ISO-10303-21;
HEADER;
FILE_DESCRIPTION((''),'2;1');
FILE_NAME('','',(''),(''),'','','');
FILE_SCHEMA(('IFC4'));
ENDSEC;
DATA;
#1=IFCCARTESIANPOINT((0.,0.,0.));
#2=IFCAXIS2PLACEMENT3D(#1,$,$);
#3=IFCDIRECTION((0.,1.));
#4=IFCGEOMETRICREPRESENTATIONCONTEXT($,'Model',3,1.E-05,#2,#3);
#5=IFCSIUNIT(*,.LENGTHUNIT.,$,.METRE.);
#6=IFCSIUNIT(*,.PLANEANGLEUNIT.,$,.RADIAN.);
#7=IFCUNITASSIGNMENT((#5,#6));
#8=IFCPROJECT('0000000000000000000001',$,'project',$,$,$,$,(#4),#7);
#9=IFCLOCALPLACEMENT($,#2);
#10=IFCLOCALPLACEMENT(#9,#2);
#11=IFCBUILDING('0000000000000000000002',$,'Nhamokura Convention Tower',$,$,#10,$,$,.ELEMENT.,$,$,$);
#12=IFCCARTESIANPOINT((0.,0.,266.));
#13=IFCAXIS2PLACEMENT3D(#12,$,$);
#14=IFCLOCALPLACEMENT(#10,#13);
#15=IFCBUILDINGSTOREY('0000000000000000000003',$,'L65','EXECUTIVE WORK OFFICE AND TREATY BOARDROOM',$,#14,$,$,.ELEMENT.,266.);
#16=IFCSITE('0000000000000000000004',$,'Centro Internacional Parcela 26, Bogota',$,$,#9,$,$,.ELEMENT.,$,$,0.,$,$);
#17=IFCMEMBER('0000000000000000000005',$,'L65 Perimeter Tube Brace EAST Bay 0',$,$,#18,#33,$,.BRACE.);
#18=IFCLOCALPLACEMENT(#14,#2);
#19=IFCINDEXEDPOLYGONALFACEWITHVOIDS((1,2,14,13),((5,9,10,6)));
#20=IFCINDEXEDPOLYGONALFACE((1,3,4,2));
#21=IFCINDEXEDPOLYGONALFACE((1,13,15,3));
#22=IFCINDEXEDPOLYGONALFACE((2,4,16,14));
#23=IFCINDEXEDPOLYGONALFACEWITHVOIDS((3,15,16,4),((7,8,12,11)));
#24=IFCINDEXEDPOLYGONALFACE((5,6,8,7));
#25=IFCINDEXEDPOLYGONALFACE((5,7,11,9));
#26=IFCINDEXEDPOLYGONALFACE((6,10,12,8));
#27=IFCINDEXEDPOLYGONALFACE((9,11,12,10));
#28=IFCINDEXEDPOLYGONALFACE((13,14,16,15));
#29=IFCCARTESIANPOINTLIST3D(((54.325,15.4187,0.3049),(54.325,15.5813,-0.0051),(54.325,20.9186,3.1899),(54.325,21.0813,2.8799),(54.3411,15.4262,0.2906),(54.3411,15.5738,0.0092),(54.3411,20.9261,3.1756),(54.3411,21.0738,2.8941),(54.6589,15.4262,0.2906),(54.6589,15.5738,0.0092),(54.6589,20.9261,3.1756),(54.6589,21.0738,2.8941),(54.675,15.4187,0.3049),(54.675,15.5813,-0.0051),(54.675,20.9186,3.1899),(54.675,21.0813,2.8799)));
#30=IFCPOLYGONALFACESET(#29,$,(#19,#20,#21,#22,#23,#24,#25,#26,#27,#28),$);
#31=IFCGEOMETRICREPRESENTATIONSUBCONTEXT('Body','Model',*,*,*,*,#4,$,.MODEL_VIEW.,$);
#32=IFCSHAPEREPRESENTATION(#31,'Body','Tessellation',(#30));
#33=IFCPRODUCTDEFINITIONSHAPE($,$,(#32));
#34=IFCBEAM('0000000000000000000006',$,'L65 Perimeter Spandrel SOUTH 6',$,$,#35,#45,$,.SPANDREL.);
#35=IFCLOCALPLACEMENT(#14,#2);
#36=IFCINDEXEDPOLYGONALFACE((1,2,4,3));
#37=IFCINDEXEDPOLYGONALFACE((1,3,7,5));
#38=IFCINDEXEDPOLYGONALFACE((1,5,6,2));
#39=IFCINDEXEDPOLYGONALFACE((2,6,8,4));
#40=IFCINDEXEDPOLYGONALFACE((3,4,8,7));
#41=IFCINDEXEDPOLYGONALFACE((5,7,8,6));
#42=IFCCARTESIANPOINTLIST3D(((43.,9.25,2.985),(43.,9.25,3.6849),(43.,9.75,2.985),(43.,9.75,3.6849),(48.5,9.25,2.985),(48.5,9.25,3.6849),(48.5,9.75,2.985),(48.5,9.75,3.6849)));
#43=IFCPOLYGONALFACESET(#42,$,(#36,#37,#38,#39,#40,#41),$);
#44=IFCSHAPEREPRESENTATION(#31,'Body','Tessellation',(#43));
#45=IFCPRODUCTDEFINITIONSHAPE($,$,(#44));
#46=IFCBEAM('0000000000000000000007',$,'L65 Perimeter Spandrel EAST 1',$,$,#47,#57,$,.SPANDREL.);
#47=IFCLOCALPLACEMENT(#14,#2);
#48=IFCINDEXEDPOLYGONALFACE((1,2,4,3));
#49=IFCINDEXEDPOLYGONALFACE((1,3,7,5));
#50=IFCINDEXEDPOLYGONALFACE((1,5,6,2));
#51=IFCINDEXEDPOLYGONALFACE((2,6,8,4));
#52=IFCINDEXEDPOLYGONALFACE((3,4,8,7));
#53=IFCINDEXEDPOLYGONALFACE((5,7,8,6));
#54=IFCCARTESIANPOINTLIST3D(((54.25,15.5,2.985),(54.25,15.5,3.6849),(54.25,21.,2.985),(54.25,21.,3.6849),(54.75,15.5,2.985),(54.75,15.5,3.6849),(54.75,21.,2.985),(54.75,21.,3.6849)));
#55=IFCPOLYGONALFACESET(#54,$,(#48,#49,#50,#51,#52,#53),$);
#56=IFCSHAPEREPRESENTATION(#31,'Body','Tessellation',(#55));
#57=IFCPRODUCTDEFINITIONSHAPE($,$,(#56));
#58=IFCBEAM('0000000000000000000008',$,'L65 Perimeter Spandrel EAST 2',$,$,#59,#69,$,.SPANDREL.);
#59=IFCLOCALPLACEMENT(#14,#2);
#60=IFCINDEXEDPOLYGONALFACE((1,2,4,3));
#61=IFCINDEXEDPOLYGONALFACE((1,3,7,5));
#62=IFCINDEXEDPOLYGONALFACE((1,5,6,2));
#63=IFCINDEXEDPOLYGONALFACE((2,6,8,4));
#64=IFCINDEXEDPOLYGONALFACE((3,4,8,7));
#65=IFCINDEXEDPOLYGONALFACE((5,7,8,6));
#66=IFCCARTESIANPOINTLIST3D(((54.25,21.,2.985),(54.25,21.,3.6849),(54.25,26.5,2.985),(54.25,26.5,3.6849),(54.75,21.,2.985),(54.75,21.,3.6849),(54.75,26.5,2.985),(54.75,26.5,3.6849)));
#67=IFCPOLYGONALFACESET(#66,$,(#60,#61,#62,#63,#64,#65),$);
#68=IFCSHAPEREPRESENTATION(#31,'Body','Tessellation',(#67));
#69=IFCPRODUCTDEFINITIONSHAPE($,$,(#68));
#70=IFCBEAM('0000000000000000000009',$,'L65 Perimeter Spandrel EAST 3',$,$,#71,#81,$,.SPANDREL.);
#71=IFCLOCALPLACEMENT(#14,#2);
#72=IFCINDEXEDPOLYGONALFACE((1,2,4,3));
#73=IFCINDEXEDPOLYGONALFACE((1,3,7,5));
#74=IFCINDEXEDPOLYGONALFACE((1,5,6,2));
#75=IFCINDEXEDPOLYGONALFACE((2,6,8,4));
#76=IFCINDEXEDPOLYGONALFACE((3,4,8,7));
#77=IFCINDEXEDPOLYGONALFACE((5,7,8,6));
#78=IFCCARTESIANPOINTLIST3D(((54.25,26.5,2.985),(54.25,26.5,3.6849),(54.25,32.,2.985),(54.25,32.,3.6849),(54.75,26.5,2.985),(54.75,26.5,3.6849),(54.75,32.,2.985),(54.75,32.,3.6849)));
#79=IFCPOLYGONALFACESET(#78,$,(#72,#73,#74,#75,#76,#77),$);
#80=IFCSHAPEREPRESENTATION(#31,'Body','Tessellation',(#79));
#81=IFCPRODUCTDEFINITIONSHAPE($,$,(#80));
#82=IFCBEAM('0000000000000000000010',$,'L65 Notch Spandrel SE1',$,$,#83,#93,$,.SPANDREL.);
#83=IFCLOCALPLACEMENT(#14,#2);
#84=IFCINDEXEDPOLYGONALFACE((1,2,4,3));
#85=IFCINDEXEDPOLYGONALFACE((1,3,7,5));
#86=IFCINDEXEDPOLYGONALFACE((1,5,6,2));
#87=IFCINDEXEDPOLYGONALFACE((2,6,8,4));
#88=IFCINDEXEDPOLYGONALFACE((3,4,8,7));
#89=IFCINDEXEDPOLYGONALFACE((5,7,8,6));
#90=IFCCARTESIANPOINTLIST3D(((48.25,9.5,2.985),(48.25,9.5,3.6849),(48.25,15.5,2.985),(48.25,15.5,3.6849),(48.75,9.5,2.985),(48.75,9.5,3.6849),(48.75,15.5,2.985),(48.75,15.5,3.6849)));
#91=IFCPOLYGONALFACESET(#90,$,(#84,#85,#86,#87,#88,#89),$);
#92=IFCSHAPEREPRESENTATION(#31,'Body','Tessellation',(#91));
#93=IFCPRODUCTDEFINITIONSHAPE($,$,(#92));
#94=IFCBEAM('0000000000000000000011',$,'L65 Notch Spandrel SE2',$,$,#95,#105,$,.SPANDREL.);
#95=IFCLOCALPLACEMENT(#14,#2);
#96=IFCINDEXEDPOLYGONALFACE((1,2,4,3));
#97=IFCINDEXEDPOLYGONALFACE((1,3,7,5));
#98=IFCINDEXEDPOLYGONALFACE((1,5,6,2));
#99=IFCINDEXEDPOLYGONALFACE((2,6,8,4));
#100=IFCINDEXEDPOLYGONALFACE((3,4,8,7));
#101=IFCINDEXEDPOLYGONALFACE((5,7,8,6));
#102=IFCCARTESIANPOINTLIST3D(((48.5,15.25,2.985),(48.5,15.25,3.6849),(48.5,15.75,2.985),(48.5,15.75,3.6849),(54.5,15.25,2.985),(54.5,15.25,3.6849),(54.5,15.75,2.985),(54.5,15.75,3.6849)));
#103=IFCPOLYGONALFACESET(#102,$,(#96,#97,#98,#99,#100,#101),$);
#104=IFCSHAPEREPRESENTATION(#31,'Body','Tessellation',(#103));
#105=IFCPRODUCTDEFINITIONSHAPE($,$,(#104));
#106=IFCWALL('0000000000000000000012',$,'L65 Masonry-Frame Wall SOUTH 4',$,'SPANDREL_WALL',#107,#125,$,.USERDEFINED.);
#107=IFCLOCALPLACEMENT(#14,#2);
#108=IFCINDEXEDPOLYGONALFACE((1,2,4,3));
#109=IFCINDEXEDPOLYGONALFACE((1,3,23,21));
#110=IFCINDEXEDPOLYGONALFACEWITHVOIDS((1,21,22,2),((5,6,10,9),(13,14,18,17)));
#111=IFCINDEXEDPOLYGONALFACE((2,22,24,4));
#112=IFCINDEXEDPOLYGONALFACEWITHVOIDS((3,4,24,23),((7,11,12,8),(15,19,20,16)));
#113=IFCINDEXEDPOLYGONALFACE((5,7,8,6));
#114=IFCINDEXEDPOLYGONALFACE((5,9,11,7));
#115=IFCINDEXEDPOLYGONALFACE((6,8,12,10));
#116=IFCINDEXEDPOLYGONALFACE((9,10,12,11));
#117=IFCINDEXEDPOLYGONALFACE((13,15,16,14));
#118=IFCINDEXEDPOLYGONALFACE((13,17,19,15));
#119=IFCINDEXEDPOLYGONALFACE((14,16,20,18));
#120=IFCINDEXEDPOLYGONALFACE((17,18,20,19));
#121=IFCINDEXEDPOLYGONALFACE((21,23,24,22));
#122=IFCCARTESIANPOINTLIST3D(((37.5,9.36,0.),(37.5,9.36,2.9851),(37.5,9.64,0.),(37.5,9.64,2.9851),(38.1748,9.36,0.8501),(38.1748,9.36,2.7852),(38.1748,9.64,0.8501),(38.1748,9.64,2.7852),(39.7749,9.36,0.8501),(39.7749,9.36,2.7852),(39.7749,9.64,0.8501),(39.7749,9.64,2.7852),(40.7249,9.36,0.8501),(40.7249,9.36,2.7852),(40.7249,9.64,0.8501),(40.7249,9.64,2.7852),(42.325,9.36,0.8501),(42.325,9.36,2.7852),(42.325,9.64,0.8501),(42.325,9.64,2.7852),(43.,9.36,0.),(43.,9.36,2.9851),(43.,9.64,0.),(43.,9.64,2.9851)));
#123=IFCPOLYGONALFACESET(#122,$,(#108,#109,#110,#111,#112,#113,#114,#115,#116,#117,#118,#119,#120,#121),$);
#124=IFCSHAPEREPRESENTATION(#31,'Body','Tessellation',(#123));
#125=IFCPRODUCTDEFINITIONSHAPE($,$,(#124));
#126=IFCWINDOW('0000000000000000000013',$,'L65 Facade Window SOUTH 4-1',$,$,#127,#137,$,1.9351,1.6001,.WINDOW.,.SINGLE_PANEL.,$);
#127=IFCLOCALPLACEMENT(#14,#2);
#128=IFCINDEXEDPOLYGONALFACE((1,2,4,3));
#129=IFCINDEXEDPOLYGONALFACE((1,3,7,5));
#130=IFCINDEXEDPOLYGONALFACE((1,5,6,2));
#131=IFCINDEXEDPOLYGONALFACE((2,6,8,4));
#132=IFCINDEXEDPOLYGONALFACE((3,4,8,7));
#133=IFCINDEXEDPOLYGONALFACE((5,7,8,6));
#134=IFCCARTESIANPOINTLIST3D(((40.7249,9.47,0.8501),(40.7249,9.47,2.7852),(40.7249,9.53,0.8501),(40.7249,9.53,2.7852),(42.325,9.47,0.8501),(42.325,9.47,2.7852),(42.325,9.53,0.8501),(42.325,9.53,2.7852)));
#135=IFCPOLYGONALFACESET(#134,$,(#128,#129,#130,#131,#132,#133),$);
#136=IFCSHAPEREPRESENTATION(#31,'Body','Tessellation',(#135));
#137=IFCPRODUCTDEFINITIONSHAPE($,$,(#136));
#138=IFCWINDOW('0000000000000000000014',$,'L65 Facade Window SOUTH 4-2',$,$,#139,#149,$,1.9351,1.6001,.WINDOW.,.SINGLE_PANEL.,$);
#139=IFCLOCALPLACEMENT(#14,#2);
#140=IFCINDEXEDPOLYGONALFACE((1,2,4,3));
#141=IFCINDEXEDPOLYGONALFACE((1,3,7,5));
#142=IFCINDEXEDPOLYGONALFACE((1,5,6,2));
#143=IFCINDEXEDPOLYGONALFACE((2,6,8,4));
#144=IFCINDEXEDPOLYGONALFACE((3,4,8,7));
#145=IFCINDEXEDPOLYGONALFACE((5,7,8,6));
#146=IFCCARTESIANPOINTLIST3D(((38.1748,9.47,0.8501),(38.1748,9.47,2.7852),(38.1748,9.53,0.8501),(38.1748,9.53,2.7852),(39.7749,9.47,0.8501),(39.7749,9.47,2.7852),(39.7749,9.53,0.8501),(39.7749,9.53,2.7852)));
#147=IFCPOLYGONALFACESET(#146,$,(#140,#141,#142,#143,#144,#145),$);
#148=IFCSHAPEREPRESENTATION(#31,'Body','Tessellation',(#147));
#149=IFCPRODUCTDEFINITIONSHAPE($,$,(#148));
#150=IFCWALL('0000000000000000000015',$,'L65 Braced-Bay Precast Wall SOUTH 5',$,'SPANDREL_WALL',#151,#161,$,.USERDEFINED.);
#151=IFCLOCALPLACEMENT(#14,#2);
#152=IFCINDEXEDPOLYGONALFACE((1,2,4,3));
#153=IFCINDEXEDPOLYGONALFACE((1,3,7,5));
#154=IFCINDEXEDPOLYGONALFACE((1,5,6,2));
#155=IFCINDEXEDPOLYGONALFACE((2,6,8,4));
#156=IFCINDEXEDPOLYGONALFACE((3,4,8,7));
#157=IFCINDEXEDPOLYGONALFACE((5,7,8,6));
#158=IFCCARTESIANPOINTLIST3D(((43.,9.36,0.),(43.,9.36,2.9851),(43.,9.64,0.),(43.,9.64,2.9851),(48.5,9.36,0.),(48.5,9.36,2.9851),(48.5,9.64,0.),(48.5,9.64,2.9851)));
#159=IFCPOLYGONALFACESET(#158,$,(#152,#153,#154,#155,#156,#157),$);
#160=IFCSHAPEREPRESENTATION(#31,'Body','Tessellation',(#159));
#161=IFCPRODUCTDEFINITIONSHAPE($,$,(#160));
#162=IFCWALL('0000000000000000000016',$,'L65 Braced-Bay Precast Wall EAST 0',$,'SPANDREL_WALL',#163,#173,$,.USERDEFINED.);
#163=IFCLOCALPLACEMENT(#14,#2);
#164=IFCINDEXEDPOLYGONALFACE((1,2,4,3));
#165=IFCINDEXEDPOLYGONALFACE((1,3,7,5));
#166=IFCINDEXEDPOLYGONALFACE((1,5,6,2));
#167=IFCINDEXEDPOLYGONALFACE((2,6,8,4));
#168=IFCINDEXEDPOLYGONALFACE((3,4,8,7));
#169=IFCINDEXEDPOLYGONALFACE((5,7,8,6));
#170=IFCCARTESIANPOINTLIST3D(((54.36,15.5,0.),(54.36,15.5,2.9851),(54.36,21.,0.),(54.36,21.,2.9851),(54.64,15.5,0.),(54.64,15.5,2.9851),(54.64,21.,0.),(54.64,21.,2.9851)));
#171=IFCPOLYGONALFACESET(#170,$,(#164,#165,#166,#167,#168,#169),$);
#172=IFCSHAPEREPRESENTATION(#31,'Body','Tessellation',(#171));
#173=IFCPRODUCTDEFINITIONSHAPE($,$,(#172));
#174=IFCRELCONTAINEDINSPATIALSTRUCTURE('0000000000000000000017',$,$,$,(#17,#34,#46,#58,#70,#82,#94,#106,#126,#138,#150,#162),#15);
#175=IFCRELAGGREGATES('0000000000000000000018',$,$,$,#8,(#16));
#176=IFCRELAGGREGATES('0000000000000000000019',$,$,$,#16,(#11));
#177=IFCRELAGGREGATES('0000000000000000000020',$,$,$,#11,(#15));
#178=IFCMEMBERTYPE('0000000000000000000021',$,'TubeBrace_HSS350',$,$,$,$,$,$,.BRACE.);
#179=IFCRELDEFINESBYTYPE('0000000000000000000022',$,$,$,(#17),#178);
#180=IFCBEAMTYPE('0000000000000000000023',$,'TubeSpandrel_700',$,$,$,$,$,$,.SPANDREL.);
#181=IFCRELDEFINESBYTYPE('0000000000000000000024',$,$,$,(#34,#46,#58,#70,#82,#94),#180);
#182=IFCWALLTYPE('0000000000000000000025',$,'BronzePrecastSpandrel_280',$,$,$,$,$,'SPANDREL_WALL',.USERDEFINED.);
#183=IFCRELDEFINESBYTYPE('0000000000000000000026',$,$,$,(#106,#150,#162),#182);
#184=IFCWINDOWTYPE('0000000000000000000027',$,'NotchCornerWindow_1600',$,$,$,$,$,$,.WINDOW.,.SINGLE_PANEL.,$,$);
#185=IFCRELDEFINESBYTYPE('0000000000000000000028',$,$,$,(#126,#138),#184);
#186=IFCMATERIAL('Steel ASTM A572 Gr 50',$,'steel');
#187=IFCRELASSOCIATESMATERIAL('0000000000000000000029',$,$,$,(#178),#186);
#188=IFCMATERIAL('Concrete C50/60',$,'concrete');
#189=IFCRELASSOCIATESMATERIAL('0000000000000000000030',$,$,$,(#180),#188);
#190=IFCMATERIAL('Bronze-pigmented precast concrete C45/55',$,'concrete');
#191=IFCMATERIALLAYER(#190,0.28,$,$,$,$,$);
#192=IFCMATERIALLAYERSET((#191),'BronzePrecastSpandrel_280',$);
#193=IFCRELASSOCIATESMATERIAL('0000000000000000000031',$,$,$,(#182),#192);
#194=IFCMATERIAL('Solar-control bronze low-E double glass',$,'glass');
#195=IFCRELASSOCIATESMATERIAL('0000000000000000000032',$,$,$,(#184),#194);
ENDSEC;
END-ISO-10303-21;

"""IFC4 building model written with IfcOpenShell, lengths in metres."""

from ifc_helpers import new_model, si_unit, direction, frame, frame_2d, origin, origin_2d, place, context, subcontext, project, spatial, rectangle, hollow_rectangle, extrude, material, layer, layer_set, material_profile, profile_set, type_object, element, fill, save


model = new_model("IFC4")

# Units and contexts
model_context = context("Model", 3, precision=1e-05, world=origin(), true_north=direction((0.0, 1.0)))
body_context = subcontext(model_context, "Body", "Model", "MODEL_VIEW")
ifc_project = project(units=[si_unit("LENGTHUNIT", "METRE"), si_unit("PLANEANGLEUNIT", "RADIAN")], contexts=[model_context])

# Site, building, storey
site_placement = place(None, origin())
site = spatial("IfcSite", under=ifc_project, at=site_placement, Name="Centro Internacional Parcela 26, Bogota", CompositionType="ELEMENT", RefElevation=0.0)
building_placement = place(site_placement, origin())
building = spatial("IfcBuilding", under=site, at=building_placement, Name="Nhamokura Convention Tower", CompositionType="ELEMENT")
storey_placement = place(building_placement, frame((0.0, 0.0, 266.0)))
storey = spatial("IfcBuildingStorey", under=building, at=storey_placement, Name="L65", Description="EXECUTIVE WORK OFFICE AND TREATY BOARDROOM", CompositionType="ELEMENT", Elevation=266.0)

# Member
ifc_material_1 = material(Name="Steel ASTM A572 Gr 50", Category="steel")
ifc_material_profile_1 = material_profile(ifc_material_1, hollow_rectangle(XDim=0.3501, YDim=0.3501, WallThickness=0.0161, at=origin_2d()))
ifc_profile_set_1 = profile_set([ifc_material_profile_1], Name="Steel ASTM A572 Gr 50")
member_type_1 = type_object("IfcMemberType", Name="TubeBrace_HSS350", PredefinedType="BRACE", material=ifc_profile_set_1)
for number, where, z_axis, x_axis, name in (
    (1, (54.5, 15.5, 0.1499), (0.0, 0.885563, 0.46452), (-1.0, 0.0, 0.0), "L65 Perimeter Tube Brace EAST Bay 0"),
):
    element("IfcMember", number, at=place(storey_placement, frame(where, z_axis=z_axis, x_axis=x_axis)), inside=storey, type_object=member_type_1, Name=name, PredefinedType="BRACE", context=body_context, shape_type="SweptSolid", body=[
        extrude(hollow_rectangle(XDim=0.3501, YDim=0.3501, WallThickness=0.0161, at=origin_2d()), origin(), (0.0, 0.0, 1.0), 6.2107),
    ])

# Beams
ifc_material_2 = material(Name="Concrete C50/60", Category="concrete")
ifc_material_profile_2 = material_profile(ifc_material_2, rectangle(XDim=0.5, YDim=0.7, at=origin_2d()))
ifc_profile_set_2 = profile_set([ifc_material_profile_2], Name="Concrete C50/60")
beam_type_1 = type_object("IfcBeamType", Name="TubeSpandrel_700", PredefinedType="SPANDREL", material=ifc_profile_set_2)
for number, where, z_axis, x_axis, name in (
    (2, (43.0, 9.5, 3.335), (1.0, 0.0, 0.0), (0.0, 1.0, 0.0), "L65 Perimeter Spandrel SOUTH 6"),
    (3, (54.5, 15.5, 3.335), (0.0, 1.0, 0.0), (-1.0, 0.0, 0.0), "L65 Perimeter Spandrel EAST 1"),
    (4, (54.5, 21.0, 3.335), (0.0, 1.0, 0.0), (-1.0, 0.0, 0.0), "L65 Perimeter Spandrel EAST 2"),
    (5, (54.5, 26.5, 3.335), (0.0, 1.0, 0.0), (-1.0, 0.0, 0.0), "L65 Perimeter Spandrel EAST 3"),
):
    element("IfcBeam", number, at=place(storey_placement, frame(where, z_axis=z_axis, x_axis=x_axis)), inside=storey, type_object=beam_type_1, Name=name, PredefinedType="SPANDREL", context=body_context, shape_type="SweptSolid", body=[
        extrude(rectangle(XDim=0.5, YDim=0.7, at=origin_2d()), origin(), (0.0, 0.0, 1.0), 5.5),
    ])
for number, where, z_axis, x_axis, name in (
    (6, (48.5, 9.5, 3.335), (0.0, 1.0, 0.0), (-1.0, 0.0, 0.0), "L65 Notch Spandrel SE1"),
    (7, (48.5, 15.5, 3.335), (1.0, 0.0, 0.0), (0.0, 1.0, 0.0), "L65 Notch Spandrel SE2"),
):
    element("IfcBeam", number, at=place(storey_placement, frame(where, z_axis=z_axis, x_axis=x_axis)), inside=storey, type_object=beam_type_1, Name=name, PredefinedType="SPANDREL", context=body_context, shape_type="SweptSolid", body=[
        extrude(rectangle(XDim=0.5, YDim=0.7, at=origin_2d()), origin(), (0.0, 0.0, 1.0), 6.0),
    ])

# Wall, openings, windows
ifc_material_3 = material(Name="Bronze-pigmented precast concrete C45/55", Category="concrete")
ifc_layer_1 = layer(ifc_material_3, 0.28)
ifc_layer_set_1 = layer_set([ifc_layer_1], Name="BronzePrecastSpandrel_280")
wall_type_1 = type_object("IfcWallType", Name="BronzePrecastSpandrel_280", ElementType="SPANDREL_WALL", PredefinedType="USERDEFINED", material=ifc_layer_set_1)
wall_1_placement = place(storey_placement, frame((43.0, 9.5, 0.0), z_axis=(0.0, 0.0, 1.0), x_axis=(-1.0, 0.0, 0.0)))
wall_1 = element("IfcWall", 8, at=wall_1_placement, inside=storey, type_object=wall_type_1, Name="L65 Masonry-Frame Wall SOUTH 4", ObjectType="SPANDREL_WALL", PredefinedType="USERDEFINED", context=body_context, shape_type="SweptSolid", body=[
    extrude(rectangle(XDim=5.5, YDim=0.28, at=frame_2d((2.75, 0.0))), origin(), (0.0, 0.0, 1.0), 2.9851),
])
opening_1_placement = place(wall_1_placement, frame((0.675, 0.0, 0.8501)))
opening_1 = element("IfcOpeningElement", 9, at=opening_1_placement, cuts=wall_1, PredefinedType="OPENING", context=body_context, shape_type="SweptSolid", body=[
    extrude(rectangle(XDim=1.6001, YDim=1.9351, at=frame_2d((0.8, 0.9675))), frame((0.0, 0.1499, 0.0), z_axis=(0.0, -1.0, 0.0), x_axis=(1.0, 0.0, 0.0)), (0.0, 0.0, 1.0), 0.3),
])
opening_2_placement = place(wall_1_placement, frame((3.2251, 0.0, 0.8501)))
opening_2 = element("IfcOpeningElement", 10, at=opening_2_placement, cuts=wall_1, PredefinedType="OPENING", context=body_context, shape_type="SweptSolid", body=[
    extrude(rectangle(XDim=1.6001, YDim=1.9351, at=frame_2d((0.8, 0.9675))), frame((0.0, 0.1499, 0.0), z_axis=(0.0, -1.0, 0.0), x_axis=(1.0, 0.0, 0.0)), (0.0, 0.0, 1.0), 0.3),
])
ifc_material_4 = material(Name="Solar-control bronze low-E double glass", Category="glass")
window_type = type_object("IfcWindowType", Name="NotchCornerWindow_1600", PartitioningType="SINGLE_PANEL", PredefinedType="WINDOW", material=ifc_material_4)
window_1_placement = place(opening_1_placement, origin())
window_1 = element("IfcWindow", 11, at=window_1_placement, inside=storey, type_object=window_type, Name="L65 Facade Window SOUTH 4-1", OverallHeight=1.9351, OverallWidth=1.6001, PartitioningType="SINGLE_PANEL", PredefinedType="WINDOW", context=body_context, shape_type="SweptSolid", body=[
    extrude(rectangle(XDim=1.6001, YDim=1.9351, at=frame_2d((0.8, 0.9675))), frame((0.0, 0.03, 0.0), z_axis=(0.0, -1.0, 0.0), x_axis=(1.0, 0.0, 0.0)), (0.0, 0.0, 1.0), 0.0601),
])
fill(opening_1, window_1)
window_2_placement = place(opening_2_placement, origin())
window_2 = element("IfcWindow", 12, at=window_2_placement, inside=storey, type_object=window_type, Name="L65 Facade Window SOUTH 4-2", OverallHeight=1.9351, OverallWidth=1.6001, PartitioningType="SINGLE_PANEL", PredefinedType="WINDOW", context=body_context, shape_type="SweptSolid", body=[
    extrude(rectangle(XDim=1.6001, YDim=1.9351, at=frame_2d((0.8, 0.9675))), frame((0.0, 0.03, 0.0), z_axis=(0.0, -1.0, 0.0), x_axis=(1.0, 0.0, 0.0)), (0.0, 0.0, 1.0), 0.0601),
])
fill(opening_2, window_2)

# Walls
for number, where, z_axis, x_axis, name in (
    (13, (48.5, 9.5, 0.0), (0.0, 0.0, 1.0), (-1.0, 0.0, 0.0), "L65 Braced-Bay Precast Wall SOUTH 5"),
    (14, (54.5, 21.0, 0.0), (0.0, 0.0, 1.0), (0.0, -1.0, 0.0), "L65 Braced-Bay Precast Wall EAST 0"),
):
    element("IfcWall", number, at=place(storey_placement, frame(where, z_axis=z_axis, x_axis=x_axis)), inside=storey, type_object=wall_type_1, Name=name, ObjectType="SPANDREL_WALL", PredefinedType="USERDEFINED", context=body_context, shape_type="SweptSolid", body=[
        extrude(rectangle(XDim=5.5, YDim=0.28, at=frame_2d((2.75, 0.0))), origin(), (0.0, 0.0, 1.0), 2.9851),
    ])

save(model, "model.ifc")
